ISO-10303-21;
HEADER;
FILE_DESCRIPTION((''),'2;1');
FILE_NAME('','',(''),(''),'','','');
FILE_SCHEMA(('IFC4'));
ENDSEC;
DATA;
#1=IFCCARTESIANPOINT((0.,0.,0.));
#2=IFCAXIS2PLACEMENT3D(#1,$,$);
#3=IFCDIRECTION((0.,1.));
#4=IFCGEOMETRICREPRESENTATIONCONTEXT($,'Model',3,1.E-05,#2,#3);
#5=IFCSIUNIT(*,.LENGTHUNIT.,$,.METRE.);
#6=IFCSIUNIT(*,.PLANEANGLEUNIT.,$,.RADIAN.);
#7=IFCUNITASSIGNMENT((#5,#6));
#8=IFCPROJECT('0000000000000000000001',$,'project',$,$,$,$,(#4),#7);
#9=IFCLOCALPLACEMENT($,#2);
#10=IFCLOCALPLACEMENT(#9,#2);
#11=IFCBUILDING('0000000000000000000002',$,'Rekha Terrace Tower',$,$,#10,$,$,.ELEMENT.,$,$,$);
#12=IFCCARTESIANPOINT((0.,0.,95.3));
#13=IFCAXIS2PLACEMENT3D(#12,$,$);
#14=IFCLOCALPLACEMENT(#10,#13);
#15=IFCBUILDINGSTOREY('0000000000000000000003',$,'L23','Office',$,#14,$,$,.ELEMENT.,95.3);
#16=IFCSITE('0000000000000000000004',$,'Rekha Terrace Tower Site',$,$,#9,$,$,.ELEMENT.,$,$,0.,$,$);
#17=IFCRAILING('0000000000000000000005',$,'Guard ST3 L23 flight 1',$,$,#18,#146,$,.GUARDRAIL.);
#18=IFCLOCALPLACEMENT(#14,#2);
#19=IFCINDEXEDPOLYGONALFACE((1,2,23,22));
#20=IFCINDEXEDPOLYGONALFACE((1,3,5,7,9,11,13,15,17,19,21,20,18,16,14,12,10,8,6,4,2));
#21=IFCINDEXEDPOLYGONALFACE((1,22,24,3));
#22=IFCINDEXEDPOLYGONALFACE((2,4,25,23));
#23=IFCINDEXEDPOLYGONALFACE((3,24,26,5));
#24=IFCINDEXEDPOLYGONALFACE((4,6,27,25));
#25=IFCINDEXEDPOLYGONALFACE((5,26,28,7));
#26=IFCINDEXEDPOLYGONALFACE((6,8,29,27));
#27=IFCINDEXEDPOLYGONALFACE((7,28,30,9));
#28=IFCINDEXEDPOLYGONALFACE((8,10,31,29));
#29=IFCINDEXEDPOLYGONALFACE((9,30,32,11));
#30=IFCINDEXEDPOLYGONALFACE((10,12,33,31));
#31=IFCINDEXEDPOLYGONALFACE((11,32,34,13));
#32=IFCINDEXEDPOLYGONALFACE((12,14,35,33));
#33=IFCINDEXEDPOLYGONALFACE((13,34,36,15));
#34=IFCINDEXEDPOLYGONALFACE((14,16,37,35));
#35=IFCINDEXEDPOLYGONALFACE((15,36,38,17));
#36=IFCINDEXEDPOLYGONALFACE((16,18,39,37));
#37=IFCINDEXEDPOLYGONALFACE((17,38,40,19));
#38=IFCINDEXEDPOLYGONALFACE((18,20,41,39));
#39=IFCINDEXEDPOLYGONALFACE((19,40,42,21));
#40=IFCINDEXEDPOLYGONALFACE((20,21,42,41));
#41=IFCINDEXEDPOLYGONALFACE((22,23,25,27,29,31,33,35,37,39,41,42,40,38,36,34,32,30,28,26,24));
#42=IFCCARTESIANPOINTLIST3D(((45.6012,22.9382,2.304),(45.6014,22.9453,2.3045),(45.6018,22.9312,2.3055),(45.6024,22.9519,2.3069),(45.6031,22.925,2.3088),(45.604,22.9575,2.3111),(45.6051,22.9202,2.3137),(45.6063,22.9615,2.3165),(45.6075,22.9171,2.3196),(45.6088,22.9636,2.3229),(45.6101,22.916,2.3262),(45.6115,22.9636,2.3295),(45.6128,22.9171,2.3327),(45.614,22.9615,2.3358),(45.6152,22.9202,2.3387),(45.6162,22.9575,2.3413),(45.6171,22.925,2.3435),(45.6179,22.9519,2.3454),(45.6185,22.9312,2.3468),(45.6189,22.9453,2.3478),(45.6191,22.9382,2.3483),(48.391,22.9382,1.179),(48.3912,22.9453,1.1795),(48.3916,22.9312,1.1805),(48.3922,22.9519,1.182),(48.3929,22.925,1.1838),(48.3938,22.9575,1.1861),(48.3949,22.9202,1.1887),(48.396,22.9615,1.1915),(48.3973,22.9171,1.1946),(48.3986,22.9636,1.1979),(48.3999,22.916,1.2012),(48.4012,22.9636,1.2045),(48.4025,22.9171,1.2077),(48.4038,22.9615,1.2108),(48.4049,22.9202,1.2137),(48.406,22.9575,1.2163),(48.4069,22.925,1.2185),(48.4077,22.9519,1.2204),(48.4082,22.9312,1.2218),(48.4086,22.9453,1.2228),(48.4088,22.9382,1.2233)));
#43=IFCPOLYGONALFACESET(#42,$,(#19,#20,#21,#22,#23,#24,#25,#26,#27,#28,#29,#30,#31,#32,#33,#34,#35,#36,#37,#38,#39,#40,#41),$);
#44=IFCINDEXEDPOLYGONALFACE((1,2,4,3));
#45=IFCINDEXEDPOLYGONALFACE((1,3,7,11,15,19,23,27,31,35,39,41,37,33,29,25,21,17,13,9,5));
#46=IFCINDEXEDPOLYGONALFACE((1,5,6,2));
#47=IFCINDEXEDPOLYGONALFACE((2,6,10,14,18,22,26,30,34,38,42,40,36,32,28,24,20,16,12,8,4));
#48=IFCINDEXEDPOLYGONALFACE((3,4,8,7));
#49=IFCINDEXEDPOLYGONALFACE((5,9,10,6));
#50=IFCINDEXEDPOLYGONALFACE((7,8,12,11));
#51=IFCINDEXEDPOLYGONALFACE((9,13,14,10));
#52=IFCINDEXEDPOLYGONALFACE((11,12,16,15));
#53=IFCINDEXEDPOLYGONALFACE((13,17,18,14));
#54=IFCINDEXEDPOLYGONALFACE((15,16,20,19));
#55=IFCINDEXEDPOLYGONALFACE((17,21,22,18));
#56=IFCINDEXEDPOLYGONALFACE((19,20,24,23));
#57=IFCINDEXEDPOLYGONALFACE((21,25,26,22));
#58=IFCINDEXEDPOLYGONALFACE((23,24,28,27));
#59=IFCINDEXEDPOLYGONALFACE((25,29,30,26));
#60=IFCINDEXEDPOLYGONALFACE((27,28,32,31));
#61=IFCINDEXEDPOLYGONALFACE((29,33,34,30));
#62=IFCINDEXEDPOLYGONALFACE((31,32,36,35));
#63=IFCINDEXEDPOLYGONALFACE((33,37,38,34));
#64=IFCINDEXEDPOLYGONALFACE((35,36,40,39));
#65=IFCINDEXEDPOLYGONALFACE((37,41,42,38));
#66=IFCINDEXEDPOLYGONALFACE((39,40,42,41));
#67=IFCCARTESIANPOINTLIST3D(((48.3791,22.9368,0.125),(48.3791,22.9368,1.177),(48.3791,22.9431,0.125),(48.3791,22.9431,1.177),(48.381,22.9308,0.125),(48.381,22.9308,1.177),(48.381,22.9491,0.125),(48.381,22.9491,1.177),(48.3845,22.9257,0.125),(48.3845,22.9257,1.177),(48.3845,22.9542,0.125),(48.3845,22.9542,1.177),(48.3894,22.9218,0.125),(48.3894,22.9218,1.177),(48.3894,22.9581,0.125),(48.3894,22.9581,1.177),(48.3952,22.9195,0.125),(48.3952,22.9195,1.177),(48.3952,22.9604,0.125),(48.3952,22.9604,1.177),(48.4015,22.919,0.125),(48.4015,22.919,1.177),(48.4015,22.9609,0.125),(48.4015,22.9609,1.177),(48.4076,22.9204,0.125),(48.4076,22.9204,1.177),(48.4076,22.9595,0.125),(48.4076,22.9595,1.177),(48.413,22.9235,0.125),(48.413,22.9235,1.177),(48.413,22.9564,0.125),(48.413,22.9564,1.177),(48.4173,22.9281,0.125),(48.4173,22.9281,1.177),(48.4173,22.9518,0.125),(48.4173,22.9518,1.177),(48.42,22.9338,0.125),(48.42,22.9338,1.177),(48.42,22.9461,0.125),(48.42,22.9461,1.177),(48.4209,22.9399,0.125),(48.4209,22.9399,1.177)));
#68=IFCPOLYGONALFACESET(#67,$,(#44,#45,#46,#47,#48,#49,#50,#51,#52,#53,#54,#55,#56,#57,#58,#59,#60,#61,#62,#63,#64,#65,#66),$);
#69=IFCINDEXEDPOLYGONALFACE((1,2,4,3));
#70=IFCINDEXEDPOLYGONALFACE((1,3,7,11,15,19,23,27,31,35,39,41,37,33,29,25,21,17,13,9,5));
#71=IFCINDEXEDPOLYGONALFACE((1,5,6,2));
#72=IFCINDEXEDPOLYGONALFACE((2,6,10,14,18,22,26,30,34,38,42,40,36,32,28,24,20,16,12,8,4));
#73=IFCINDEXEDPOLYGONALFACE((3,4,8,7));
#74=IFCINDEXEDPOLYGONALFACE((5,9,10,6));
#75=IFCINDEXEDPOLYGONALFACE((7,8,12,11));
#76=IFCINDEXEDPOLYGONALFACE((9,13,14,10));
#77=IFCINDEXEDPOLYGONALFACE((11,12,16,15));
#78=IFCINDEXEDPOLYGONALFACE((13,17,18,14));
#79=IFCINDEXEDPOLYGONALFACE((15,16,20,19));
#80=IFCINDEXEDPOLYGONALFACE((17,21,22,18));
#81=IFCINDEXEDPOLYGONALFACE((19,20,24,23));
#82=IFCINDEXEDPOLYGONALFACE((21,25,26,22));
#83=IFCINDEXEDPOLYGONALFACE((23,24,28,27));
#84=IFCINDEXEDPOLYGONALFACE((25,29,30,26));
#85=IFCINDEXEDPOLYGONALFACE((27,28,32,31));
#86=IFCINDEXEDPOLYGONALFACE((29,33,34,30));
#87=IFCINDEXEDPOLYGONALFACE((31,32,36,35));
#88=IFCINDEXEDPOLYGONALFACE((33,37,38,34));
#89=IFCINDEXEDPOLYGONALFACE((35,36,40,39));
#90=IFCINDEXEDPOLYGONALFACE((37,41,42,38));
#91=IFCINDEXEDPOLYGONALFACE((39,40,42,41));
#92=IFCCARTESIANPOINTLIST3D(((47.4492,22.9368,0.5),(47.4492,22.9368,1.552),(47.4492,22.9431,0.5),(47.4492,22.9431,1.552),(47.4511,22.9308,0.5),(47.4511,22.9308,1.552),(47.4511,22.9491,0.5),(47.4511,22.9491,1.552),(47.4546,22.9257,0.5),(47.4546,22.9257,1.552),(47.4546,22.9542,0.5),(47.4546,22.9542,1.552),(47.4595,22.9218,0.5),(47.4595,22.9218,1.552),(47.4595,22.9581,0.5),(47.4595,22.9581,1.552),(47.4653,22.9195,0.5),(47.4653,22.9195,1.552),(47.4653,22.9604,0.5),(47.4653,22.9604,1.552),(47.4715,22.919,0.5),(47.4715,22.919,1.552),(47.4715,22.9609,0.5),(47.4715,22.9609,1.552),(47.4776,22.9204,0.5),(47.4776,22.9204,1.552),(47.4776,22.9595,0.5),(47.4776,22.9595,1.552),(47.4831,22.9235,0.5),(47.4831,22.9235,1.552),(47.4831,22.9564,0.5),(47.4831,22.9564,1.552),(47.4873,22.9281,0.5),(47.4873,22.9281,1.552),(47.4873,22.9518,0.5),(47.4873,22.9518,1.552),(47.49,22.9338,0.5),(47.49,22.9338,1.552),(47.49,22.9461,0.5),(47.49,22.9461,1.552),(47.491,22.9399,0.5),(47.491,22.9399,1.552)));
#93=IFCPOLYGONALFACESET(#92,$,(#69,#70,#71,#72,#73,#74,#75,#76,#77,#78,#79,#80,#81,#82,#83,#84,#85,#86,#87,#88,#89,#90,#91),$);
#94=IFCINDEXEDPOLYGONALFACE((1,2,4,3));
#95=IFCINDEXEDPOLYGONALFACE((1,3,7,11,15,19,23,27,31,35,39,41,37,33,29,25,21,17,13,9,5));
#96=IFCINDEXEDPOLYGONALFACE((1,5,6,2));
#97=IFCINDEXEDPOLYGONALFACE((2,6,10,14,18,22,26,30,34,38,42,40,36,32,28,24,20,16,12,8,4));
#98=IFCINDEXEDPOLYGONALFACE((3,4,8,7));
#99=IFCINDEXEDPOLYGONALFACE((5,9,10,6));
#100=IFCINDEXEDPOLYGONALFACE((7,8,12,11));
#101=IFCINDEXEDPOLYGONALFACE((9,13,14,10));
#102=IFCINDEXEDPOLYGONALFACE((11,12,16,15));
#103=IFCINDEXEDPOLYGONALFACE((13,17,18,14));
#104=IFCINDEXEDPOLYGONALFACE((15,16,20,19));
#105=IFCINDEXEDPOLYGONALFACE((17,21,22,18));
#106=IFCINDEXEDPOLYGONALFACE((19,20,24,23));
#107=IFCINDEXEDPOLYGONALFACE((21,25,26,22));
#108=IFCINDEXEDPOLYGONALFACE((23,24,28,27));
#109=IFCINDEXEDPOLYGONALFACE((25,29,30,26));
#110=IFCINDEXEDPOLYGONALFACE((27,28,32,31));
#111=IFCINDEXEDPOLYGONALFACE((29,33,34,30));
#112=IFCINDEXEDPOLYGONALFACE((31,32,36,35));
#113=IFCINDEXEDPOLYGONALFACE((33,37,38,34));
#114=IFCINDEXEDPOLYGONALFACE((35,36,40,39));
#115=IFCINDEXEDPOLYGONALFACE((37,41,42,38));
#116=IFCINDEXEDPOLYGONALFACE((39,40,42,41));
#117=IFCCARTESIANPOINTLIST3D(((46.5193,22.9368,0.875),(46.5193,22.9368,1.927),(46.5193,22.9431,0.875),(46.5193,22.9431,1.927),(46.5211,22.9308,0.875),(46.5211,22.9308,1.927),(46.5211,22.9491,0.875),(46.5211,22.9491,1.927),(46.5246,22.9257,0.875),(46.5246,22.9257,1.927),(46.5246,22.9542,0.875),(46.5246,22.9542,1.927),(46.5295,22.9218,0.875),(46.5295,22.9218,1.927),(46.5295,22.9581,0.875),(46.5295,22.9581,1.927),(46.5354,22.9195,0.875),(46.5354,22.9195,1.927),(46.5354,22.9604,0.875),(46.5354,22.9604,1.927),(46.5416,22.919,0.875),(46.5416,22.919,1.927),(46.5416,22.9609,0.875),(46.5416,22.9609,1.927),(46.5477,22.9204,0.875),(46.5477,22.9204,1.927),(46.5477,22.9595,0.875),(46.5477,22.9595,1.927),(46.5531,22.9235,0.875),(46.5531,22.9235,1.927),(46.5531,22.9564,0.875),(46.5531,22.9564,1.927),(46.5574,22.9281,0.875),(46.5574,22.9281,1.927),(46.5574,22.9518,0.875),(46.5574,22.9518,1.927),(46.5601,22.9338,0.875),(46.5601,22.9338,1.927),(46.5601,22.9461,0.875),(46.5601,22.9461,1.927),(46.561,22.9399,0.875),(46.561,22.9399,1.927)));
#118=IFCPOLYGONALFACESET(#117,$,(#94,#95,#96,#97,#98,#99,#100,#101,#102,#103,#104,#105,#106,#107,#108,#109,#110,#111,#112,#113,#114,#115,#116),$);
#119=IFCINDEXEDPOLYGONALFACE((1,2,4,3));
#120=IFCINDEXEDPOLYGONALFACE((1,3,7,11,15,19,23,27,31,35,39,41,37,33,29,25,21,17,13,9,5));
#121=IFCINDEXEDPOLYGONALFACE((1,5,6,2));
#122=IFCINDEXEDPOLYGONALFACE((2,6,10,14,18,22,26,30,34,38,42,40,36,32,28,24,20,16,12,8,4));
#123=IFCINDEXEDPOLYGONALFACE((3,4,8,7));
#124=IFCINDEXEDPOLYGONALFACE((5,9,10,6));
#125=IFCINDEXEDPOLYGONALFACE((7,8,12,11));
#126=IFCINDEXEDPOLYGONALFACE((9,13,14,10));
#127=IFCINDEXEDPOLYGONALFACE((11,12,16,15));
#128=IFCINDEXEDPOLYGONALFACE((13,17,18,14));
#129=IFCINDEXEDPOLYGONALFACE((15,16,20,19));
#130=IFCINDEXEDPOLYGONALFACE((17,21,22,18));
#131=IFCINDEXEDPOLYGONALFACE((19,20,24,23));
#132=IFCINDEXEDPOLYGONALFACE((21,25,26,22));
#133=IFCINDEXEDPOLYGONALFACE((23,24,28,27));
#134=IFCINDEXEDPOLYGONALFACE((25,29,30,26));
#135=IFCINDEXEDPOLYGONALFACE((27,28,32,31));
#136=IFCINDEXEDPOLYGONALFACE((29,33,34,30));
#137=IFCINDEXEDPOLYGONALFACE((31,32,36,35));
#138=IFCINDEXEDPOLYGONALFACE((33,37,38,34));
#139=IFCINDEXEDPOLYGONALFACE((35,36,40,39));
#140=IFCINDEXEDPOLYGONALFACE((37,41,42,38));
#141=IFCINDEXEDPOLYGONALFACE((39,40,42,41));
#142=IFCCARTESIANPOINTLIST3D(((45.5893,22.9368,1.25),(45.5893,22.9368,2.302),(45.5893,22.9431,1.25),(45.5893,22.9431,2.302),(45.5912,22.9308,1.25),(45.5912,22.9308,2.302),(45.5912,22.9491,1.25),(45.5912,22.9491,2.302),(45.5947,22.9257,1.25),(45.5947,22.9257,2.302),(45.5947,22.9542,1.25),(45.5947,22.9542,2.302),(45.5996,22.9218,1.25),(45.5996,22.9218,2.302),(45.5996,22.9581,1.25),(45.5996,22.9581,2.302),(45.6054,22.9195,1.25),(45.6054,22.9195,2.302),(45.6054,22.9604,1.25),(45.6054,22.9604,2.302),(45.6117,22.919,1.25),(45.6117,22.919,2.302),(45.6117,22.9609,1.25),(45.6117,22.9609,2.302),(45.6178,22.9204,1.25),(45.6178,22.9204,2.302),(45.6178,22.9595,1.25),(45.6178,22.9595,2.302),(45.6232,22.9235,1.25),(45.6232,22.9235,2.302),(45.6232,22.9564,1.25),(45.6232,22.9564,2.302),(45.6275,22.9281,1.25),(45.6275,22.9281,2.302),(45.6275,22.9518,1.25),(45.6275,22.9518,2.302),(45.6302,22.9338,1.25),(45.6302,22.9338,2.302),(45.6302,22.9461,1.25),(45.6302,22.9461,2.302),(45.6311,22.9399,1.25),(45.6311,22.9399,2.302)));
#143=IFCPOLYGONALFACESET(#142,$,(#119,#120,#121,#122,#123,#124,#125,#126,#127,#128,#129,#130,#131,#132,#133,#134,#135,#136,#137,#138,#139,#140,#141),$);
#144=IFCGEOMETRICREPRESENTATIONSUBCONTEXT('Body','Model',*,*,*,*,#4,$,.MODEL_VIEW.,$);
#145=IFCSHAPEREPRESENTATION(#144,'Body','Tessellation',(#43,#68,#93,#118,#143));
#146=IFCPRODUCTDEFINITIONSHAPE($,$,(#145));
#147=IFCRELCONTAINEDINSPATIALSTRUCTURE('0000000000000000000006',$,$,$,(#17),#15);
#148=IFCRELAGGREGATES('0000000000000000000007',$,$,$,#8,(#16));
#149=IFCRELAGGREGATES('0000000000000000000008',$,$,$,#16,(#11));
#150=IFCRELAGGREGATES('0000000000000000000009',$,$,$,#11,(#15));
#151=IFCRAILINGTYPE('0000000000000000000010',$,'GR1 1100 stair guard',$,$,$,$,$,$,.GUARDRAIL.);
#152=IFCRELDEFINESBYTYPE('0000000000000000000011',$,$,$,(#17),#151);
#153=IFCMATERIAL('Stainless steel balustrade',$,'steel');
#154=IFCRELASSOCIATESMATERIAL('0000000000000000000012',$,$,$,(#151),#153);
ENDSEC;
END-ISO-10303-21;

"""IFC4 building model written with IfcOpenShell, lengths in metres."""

from ifc_helpers import new_model, si_unit, direction, frame, origin, origin_2d, place, context, subcontext, project, spatial, circle, extrude, material, type_object, element, save


model = new_model("IFC4")

# Units and contexts
model_context = context("Model", 3, precision=1e-05, world=origin(), true_north=direction((0.0, 1.0)))
body_context = subcontext(model_context, "Body", "Model", "MODEL_VIEW")
ifc_project = project(units=[si_unit("LENGTHUNIT", "METRE"), si_unit("PLANEANGLEUNIT", "RADIAN")], contexts=[model_context])

# Site, building, storey
site_placement = place(None, origin())
site = spatial("IfcSite", under=ifc_project, at=site_placement, Name="Rekha Terrace Tower Site", CompositionType="ELEMENT", RefElevation=0.0)
building_placement = place(site_placement, origin())
building = spatial("IfcBuilding", under=site, at=building_placement, Name="Rekha Terrace Tower", CompositionType="ELEMENT")
storey_placement = place(building_placement, frame((0.0, 0.0, 95.3)))
storey = spatial("IfcBuildingStorey", under=building, at=storey_placement, Name="L23", Description="Office", CompositionType="ELEMENT", Elevation=95.3)

# Railing
ifc_material_1 = material(Name="Stainless steel balustrade", Category="steel")
railing_type_1 = type_object("IfcRailingType", Name="GR1 1100 stair guard", PredefinedType="GUARDRAIL", material=ifc_material_1)
railing_1_placement = place(storey_placement, frame((48.3999, 22.9399, 0.125)))
element("IfcRailing", 1, at=railing_1_placement, inside=storey, type_object=railing_type_1, Name="Guard ST3 L23 flight 1", PredefinedType="GUARDRAIL", context=body_context, shape_type="SweptSolid", body=[
    extrude(circle(Radius=0.0239, at=origin_2d()), frame((0.0, 0.0, 1.0762), z_axis=(-0.927432, 0.0, 0.373992), x_axis=(0.0, -1.0, 0.0)), (0.0, 0.0, 1.0), 3.0081),
    extrude(circle(Radius=0.021, at=origin_2d()), origin(), (0.0, 0.0, 1.0), 1.052),
    extrude(circle(Radius=0.021, at=origin_2d()), frame((-0.9299, 0.0, 0.375)), (0.0, 0.0, 1.0), 1.052),
    extrude(circle(Radius=0.021, at=origin_2d()), frame((-1.8599, 0.0, 0.75)), (0.0, 0.0, 1.0), 1.052),
    extrude(circle(Radius=0.021, at=origin_2d()), frame((-2.7898, 0.0, 1.125)), (0.0, 0.0, 1.0), 1.052),
])

save(model, "model.ifc")
